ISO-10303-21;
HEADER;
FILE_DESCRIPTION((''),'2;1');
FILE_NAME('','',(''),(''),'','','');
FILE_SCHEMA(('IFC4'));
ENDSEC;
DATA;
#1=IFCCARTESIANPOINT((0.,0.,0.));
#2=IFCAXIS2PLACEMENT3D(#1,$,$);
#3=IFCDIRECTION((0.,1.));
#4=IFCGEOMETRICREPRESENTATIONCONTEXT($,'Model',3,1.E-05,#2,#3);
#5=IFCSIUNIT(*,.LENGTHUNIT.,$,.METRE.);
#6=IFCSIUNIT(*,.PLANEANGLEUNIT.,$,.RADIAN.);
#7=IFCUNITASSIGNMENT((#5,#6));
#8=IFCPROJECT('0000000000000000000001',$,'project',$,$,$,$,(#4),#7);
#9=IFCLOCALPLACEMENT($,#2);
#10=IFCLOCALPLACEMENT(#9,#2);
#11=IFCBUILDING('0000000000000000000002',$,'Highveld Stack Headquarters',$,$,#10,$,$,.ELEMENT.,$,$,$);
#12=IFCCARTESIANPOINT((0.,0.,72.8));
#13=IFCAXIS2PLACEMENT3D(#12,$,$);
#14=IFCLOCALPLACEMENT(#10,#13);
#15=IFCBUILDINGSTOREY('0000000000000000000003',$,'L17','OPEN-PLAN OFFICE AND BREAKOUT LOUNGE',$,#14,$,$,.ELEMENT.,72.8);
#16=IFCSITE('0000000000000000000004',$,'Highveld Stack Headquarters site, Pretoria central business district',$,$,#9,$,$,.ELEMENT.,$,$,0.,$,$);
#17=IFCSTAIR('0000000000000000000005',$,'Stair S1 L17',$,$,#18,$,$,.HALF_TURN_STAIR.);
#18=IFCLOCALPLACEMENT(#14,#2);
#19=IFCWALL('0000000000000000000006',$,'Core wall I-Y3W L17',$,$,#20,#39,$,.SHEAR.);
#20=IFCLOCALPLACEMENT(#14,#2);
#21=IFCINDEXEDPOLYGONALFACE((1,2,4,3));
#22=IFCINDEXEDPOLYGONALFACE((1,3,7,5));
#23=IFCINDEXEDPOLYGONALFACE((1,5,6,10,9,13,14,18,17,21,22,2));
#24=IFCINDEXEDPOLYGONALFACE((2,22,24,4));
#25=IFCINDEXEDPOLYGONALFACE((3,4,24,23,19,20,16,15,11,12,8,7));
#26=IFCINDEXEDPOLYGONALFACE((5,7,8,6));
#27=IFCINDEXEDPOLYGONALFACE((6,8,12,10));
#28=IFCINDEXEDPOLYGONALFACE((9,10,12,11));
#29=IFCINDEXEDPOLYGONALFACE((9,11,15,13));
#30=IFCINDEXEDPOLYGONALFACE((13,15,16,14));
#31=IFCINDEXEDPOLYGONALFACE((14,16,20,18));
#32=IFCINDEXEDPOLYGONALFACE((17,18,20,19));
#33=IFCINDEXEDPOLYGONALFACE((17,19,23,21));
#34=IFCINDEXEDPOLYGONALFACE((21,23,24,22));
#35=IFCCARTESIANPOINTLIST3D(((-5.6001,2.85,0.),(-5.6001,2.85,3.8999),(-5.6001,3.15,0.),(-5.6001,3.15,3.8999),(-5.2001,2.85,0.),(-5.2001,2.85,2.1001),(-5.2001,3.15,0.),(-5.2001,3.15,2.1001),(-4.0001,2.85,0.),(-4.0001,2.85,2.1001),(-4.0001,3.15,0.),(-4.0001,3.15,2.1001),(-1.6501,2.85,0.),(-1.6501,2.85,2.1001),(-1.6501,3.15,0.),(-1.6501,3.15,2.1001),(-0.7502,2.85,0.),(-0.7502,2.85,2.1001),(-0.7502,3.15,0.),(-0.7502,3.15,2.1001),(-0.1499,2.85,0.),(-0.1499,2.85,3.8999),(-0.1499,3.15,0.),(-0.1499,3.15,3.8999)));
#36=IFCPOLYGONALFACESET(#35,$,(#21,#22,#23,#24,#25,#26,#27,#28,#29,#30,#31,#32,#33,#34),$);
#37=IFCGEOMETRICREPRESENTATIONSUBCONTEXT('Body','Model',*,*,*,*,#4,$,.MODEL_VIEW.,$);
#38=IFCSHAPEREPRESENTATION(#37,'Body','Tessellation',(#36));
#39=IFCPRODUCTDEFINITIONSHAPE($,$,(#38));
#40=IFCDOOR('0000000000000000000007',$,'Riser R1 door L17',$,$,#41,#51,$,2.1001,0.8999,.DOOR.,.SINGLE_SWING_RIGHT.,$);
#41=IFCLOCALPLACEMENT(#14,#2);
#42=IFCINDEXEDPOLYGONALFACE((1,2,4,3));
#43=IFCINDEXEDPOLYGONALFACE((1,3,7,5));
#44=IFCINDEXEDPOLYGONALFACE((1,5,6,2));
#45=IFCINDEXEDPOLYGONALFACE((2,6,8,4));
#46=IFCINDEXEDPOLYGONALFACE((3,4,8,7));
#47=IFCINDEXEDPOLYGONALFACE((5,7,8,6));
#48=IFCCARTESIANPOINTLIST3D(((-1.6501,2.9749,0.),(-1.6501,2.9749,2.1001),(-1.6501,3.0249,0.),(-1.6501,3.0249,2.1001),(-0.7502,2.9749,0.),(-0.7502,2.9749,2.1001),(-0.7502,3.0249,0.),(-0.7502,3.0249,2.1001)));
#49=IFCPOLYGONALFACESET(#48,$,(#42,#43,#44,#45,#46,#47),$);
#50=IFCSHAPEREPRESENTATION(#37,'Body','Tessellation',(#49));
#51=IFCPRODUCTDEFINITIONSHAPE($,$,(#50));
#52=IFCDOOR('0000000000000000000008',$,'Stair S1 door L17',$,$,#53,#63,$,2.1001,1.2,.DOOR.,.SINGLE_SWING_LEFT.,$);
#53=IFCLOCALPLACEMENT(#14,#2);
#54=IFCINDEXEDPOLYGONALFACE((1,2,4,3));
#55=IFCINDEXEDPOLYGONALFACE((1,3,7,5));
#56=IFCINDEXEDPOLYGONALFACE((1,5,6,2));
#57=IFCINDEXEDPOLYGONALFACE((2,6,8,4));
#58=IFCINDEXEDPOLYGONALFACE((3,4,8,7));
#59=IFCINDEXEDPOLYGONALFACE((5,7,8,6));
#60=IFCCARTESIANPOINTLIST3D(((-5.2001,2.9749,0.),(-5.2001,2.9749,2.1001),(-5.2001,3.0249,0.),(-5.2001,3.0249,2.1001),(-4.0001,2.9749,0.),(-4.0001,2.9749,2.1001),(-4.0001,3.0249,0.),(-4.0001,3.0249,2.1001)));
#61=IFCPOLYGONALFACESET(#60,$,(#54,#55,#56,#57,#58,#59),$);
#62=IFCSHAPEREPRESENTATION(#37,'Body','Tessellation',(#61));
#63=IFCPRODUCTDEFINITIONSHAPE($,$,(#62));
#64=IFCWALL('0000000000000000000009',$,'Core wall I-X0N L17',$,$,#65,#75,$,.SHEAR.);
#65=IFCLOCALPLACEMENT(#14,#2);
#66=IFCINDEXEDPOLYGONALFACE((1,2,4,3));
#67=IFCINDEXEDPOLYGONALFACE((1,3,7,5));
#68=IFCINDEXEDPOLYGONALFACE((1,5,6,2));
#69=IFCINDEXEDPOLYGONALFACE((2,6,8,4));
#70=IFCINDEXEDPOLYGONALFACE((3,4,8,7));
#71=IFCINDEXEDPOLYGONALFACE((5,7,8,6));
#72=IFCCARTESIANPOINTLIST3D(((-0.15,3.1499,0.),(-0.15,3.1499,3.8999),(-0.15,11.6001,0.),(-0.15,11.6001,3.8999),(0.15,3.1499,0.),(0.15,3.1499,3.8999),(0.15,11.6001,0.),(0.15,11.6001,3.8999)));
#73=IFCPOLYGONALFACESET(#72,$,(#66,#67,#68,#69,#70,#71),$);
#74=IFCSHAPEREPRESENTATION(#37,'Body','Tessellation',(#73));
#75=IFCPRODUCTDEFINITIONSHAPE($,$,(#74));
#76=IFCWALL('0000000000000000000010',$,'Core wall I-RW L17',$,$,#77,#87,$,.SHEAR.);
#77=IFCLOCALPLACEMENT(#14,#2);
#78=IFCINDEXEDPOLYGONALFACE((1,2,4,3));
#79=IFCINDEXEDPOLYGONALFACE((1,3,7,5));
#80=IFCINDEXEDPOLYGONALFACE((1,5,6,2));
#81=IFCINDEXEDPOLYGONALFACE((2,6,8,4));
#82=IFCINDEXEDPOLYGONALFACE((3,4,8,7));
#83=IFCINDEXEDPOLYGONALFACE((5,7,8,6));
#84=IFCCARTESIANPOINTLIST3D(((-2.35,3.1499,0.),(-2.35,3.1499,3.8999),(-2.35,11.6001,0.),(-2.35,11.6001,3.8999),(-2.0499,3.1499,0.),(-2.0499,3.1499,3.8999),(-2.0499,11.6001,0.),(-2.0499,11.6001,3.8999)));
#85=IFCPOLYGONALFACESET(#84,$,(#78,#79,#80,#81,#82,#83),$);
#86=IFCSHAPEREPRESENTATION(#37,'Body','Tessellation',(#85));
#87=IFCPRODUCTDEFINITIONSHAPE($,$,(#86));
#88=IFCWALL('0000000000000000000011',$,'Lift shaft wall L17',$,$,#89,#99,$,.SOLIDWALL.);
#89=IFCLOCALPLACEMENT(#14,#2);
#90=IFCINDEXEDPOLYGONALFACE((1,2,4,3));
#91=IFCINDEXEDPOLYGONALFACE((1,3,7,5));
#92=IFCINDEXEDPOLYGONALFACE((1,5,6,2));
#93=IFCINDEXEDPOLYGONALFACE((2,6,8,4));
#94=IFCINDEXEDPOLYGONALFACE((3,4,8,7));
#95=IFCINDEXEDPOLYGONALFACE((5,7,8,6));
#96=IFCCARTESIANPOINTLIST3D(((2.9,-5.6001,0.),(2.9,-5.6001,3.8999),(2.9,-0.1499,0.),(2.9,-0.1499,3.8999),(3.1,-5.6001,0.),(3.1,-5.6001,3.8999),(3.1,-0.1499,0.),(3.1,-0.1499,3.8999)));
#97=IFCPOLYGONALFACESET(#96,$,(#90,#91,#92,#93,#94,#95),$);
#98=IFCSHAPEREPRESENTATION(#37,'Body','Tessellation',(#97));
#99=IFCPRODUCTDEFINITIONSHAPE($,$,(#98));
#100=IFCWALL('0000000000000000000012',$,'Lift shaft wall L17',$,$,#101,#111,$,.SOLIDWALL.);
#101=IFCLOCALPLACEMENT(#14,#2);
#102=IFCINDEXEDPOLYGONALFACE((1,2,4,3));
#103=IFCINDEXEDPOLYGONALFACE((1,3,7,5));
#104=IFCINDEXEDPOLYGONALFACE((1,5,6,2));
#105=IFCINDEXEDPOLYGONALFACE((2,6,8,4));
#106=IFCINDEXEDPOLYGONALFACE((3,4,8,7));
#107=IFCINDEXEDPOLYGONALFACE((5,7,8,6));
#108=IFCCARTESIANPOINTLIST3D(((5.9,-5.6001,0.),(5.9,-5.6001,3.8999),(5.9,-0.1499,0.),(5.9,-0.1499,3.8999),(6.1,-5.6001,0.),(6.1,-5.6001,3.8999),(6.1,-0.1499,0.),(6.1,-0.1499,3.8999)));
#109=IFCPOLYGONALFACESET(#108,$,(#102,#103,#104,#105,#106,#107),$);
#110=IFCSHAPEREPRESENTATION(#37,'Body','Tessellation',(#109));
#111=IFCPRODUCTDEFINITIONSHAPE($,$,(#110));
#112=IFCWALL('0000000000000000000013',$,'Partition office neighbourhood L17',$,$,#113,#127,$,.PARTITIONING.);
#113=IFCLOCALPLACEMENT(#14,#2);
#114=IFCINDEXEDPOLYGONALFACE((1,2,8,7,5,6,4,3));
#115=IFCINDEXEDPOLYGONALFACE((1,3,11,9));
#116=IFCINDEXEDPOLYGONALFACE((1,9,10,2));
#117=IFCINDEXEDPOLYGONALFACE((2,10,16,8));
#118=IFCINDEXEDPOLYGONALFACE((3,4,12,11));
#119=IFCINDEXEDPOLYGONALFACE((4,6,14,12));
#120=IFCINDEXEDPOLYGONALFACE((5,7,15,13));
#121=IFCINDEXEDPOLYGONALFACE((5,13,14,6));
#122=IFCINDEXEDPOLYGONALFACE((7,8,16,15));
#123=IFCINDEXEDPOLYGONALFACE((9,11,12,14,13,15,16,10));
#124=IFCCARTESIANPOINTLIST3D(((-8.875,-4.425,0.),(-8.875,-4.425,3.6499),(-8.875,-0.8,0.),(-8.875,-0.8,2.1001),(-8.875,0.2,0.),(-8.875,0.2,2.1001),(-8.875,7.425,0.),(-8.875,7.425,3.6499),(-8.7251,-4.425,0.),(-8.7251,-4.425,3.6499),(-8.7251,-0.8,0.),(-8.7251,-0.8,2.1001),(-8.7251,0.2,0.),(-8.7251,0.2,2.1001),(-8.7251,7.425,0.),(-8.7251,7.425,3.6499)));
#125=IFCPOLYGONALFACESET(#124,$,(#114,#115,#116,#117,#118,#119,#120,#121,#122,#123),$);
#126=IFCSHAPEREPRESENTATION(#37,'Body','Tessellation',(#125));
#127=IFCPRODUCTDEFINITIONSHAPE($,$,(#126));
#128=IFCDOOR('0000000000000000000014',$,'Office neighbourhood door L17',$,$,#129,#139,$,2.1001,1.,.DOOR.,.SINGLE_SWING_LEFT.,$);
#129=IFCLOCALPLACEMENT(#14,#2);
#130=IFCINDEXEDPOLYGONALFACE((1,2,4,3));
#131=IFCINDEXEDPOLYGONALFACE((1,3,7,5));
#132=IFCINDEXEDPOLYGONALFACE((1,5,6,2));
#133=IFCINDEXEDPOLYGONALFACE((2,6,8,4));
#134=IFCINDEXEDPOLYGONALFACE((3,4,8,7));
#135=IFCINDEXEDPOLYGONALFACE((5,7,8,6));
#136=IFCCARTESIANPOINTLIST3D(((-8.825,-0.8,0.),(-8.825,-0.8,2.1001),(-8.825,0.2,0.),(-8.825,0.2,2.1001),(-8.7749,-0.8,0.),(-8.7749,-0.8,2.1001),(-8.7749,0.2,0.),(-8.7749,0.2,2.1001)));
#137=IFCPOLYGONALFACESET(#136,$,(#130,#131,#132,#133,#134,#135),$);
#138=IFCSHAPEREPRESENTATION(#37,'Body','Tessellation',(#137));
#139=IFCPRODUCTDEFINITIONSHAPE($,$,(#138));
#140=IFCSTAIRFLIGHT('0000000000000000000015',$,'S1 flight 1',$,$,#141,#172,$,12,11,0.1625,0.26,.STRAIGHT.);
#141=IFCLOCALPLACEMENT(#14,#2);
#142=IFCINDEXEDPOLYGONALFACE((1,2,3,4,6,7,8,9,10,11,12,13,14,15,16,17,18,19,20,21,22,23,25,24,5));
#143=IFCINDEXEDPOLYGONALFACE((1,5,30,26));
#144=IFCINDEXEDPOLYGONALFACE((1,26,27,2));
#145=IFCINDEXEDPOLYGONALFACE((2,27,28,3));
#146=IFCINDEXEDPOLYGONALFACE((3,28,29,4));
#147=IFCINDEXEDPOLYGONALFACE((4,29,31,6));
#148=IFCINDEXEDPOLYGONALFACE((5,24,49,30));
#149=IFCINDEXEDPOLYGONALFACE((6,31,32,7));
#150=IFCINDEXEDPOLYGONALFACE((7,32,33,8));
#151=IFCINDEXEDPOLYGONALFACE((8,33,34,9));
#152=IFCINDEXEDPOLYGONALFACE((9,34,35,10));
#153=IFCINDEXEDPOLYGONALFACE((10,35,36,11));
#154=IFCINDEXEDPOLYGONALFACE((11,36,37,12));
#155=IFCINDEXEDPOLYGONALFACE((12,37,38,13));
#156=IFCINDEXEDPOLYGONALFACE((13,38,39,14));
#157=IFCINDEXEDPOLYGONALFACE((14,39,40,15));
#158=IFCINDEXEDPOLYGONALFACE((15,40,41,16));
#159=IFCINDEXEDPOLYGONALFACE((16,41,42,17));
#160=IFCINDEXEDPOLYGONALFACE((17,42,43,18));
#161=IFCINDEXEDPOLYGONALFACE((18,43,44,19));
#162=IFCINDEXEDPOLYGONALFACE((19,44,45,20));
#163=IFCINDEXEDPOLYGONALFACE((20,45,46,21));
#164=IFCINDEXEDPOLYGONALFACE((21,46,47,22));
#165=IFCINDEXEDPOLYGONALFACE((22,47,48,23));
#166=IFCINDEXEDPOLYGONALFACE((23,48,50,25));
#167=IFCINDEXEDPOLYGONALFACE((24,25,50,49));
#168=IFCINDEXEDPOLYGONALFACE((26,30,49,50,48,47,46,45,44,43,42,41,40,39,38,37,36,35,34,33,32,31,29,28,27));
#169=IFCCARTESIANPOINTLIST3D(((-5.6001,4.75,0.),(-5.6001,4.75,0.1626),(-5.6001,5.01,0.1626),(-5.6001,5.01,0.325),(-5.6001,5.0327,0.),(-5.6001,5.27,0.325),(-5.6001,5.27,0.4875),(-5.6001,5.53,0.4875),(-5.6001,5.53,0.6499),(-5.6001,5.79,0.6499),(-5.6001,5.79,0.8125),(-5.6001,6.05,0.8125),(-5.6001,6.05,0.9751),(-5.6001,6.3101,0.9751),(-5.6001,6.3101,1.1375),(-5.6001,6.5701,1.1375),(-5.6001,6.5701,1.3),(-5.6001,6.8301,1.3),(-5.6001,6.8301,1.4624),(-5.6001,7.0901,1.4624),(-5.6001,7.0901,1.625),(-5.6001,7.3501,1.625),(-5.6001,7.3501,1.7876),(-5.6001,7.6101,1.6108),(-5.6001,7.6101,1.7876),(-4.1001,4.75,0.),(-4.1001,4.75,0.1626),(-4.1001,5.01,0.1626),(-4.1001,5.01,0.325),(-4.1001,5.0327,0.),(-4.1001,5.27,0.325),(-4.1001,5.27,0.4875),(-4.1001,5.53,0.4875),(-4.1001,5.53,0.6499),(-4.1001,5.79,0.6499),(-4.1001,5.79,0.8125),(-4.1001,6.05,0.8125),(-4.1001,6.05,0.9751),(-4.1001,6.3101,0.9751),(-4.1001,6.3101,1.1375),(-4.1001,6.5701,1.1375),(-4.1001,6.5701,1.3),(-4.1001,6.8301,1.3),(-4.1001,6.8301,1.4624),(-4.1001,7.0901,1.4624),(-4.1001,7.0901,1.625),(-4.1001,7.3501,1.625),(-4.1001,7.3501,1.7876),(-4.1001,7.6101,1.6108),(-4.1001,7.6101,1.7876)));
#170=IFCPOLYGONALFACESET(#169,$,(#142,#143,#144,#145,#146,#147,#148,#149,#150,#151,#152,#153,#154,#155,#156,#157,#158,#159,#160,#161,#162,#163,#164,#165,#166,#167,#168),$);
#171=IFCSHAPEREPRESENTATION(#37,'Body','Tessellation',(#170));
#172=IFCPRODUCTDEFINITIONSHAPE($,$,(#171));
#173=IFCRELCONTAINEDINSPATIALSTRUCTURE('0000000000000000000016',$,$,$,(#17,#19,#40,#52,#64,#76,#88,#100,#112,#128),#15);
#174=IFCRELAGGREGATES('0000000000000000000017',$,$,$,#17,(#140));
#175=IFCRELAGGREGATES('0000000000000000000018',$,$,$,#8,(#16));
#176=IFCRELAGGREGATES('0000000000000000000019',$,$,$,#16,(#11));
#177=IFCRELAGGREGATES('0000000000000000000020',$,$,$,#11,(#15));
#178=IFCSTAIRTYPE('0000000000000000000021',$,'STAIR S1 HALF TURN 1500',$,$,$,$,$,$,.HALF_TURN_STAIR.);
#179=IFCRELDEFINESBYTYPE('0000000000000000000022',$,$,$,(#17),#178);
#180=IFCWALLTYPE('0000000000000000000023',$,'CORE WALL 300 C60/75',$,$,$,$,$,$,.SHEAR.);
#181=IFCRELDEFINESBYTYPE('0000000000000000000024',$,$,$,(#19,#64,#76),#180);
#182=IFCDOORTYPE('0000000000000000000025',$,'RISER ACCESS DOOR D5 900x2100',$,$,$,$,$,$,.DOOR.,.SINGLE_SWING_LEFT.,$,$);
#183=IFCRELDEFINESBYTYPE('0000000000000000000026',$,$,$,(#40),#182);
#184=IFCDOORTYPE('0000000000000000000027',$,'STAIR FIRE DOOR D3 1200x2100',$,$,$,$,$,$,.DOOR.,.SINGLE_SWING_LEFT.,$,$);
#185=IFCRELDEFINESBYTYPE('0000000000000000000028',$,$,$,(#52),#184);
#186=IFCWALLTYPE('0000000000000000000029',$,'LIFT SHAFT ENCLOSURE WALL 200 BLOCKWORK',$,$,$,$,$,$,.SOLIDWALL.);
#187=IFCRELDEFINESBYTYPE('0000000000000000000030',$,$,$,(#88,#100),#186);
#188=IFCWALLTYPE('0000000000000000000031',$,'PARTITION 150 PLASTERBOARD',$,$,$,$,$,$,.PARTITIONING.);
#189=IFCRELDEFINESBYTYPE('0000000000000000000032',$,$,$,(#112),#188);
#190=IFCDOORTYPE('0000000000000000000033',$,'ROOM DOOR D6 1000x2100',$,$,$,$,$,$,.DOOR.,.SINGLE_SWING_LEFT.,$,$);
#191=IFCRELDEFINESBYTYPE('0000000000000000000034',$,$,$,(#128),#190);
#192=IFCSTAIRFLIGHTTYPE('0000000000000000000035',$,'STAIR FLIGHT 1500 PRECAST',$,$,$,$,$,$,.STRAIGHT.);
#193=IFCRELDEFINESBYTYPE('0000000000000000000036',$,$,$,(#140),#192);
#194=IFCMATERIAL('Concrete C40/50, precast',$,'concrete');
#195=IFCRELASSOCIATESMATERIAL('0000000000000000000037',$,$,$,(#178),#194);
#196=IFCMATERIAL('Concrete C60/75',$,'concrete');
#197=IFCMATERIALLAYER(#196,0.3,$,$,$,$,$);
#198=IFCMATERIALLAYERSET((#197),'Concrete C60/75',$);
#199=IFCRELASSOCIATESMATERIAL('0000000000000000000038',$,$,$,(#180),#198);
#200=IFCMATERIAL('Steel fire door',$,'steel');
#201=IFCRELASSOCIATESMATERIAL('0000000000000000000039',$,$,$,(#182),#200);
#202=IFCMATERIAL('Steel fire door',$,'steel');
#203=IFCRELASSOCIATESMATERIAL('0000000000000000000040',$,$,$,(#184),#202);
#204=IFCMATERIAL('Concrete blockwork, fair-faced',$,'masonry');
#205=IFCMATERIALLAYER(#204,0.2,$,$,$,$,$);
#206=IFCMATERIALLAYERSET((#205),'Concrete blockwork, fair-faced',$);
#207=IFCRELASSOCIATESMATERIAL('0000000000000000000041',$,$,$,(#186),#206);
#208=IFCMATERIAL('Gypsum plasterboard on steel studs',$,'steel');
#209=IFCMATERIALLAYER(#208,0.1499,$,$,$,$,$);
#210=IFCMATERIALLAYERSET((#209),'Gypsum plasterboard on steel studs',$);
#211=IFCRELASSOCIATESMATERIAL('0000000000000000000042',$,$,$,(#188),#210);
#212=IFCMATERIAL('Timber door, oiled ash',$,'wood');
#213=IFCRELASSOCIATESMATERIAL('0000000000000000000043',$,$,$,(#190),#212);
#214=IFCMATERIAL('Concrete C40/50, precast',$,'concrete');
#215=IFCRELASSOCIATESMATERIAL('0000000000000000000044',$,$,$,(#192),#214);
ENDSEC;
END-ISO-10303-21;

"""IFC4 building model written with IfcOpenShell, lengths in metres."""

from ifc_helpers import new_model, si_unit, direction, frame, frame_2d, origin, place, context, subcontext, project, spatial, polyline, rectangle, outline, extrude, material, layer, layer_set, type_object, element, fill, aggregate, save


model = new_model("IFC4")

# Units and contexts
model_context = context("Model", 3, precision=1e-05, world=origin(), true_north=direction((0.0, 1.0)))
body_context = subcontext(model_context, "Body", "Model", "MODEL_VIEW")
ifc_project = project(units=[si_unit("LENGTHUNIT", "METRE"), si_unit("PLANEANGLEUNIT", "RADIAN")], contexts=[model_context])

# Site, building, storey
site_placement = place(None, origin())
site = spatial("IfcSite", under=ifc_project, at=site_placement, Name="Highveld Stack Headquarters site, Pretoria central business district", CompositionType="ELEMENT", RefElevation=0.0)
building_placement = place(site_placement, origin())
building = spatial("IfcBuilding", under=site, at=building_placement, Name="Highveld Stack Headquarters", CompositionType="ELEMENT")
storey_placement = place(building_placement, frame((0.0, 0.0, 72.8)))
storey = spatial("IfcBuildingStorey", under=building, at=storey_placement, Name="L17", Description="OPEN-PLAN OFFICE AND BREAKOUT LOUNGE", CompositionType="ELEMENT", Elevation=72.8)

# Stair
ifc_material_1 = material(Name="Concrete C40/50, precast", Category="concrete")
stair_type_1 = type_object("IfcStairType", Name="STAIR S1 HALF TURN 1500", PredefinedType="HALF_TURN_STAIR", material=ifc_material_1)
stair_1_placement = place(storey_placement, origin())
stair_1 = element("IfcStair", 1, at=stair_1_placement, inside=storey, type_object=stair_type_1, Name="Stair S1 L17", PredefinedType="HALF_TURN_STAIR")

# Wall, openings, doors
ifc_material_2 = material(Name="Concrete C60/75", Category="concrete")
ifc_layer_1 = layer(ifc_material_2, 0.3)
ifc_layer_set_1 = layer_set([ifc_layer_1], Name="Concrete C60/75")
wall_type_1 = type_object("IfcWallType", Name="CORE WALL 300 C60/75", PredefinedType="SHEAR", material=ifc_layer_set_1)
wall_1_placement = place(storey_placement, frame((-5.6001, 3.0, 0.0), z_axis=(0.0, 0.0, 1.0), x_axis=(1.0, 0.0, 0.0)))
wall_1 = element("IfcWall", 2, at=wall_1_placement, inside=storey, type_object=wall_type_1, Name="Core wall I-Y3W L17", PredefinedType="SHEAR", context=body_context, shape_type="SweptSolid", body=[
    extrude(rectangle(XDim=5.4502, YDim=0.3, at=frame_2d((2.7251, 0.0))), origin(), (0.0, 0.0, 1.0), 3.8999),
])
opening_1_placement = place(wall_1_placement, frame((0.3999, 0.0, 0.0)))
opening_1 = element("IfcOpeningElement", 3, at=opening_1_placement, cuts=wall_1, PredefinedType="OPENING", context=body_context, shape_type="SweptSolid", body=[
    extrude(rectangle(XDim=1.2, YDim=2.1001, at=frame_2d((0.6001, 1.05))), frame((0.0, 0.1599, 0.0), z_axis=(0.0, -1.0, 0.0), x_axis=(1.0, 0.0, 0.0)), (0.0, 0.0, 1.0), 0.3201),
])
opening_2_placement = place(wall_1_placement, frame((3.95, 0.0, 0.0)))
opening_2 = element("IfcOpeningElement", 4, at=opening_2_placement, cuts=wall_1, PredefinedType="OPENING", context=body_context, shape_type="SweptSolid", body=[
    extrude(rectangle(XDim=0.8999, YDim=2.1001, at=frame_2d((0.45, 1.05))), frame((0.0, 0.1599, 0.0), z_axis=(0.0, -1.0, 0.0), x_axis=(1.0, 0.0, 0.0)), (0.0, 0.0, 1.0), 0.3201),
])
ifc_material_3 = material(Name="Steel fire door", Category="steel")
door_type_1 = type_object("IfcDoorType", Name="RISER ACCESS DOOR D5 900x2100", OperationType="SINGLE_SWING_LEFT", PredefinedType="DOOR", material=ifc_material_3)
door_1_placement = place(opening_2_placement, origin())
door_1 = element("IfcDoor", 5, at=door_1_placement, inside=storey, type_object=door_type_1, Name="Riser R1 door L17", OperationType="SINGLE_SWING_RIGHT", OverallHeight=2.1001, OverallWidth=0.8999, PredefinedType="DOOR", context=body_context, shape_type="SweptSolid", body=[
    extrude(rectangle(XDim=0.8999, YDim=2.1001, at=frame_2d((0.45, 1.05))), frame((0.0, 0.0249, 0.0), z_axis=(0.0, -1.0, 0.0), x_axis=(1.0, 0.0, 0.0)), (0.0, 0.0, 1.0), 0.05),
])
fill(opening_2, door_1)
ifc_material_4 = material(Name="Steel fire door", Category="steel")
door_type_2 = type_object("IfcDoorType", Name="STAIR FIRE DOOR D3 1200x2100", OperationType="SINGLE_SWING_LEFT", PredefinedType="DOOR", material=ifc_material_4)
door_2_placement = place(opening_1_placement, origin())
door_2 = element("IfcDoor", 6, at=door_2_placement, inside=storey, type_object=door_type_2, Name="Stair S1 door L17", OperationType="SINGLE_SWING_LEFT", OverallHeight=2.1001, OverallWidth=1.2, PredefinedType="DOOR", context=body_context, shape_type="SweptSolid", body=[
    extrude(rectangle(XDim=1.2, YDim=2.1001, at=frame_2d((0.6001, 1.05))), frame((0.0, 0.0249, 0.0), z_axis=(0.0, -1.0, 0.0), x_axis=(1.0, 0.0, 0.0)), (0.0, 0.0, 1.0), 0.05),
])
fill(opening_1, door_2)

# Walls
for number, where, z_axis, x_axis, name in (
    (7, (0.0, 3.1499, 0.0), (0.0, 0.0, 1.0), (0.0, 1.0, 0.0), "Core wall I-X0N L17"),
    (8, (-2.2, 3.1499, 0.0), (0.0, 0.0, 1.0), (0.0, 1.0, 0.0), "Core wall I-RW L17"),
):
    element("IfcWall", number, at=place(storey_placement, frame(where, z_axis=z_axis, x_axis=x_axis)), inside=storey, type_object=wall_type_1, Name=name, PredefinedType="SHEAR", context=body_context, shape_type="SweptSolid", body=[
        extrude(rectangle(XDim=8.4502, YDim=0.3, at=frame_2d((4.2251, 0.0))), origin(), (0.0, 0.0, 1.0), 3.8999),
    ])
ifc_material_5 = material(Name="Concrete blockwork, fair-faced", Category="masonry")
ifc_layer_2 = layer(ifc_material_5, 0.2)
ifc_layer_set_2 = layer_set([ifc_layer_2], Name="Concrete blockwork, fair-faced")
wall_type_2 = type_object("IfcWallType", Name="LIFT SHAFT ENCLOSURE WALL 200 BLOCKWORK", PredefinedType="SOLIDWALL", material=ifc_layer_set_2)
for number, where, z_axis, x_axis, name in (
    (9, (3.0, -5.6001, 0.0), (0.0, 0.0, 1.0), (0.0, 1.0, 0.0), "Lift shaft wall L17"),
    (10, (6.0, -5.6001, 0.0), (0.0, 0.0, 1.0), (0.0, 1.0, 0.0), "Lift shaft wall L17"),
):
    element("IfcWall", number, at=place(storey_placement, frame(where, z_axis=z_axis, x_axis=x_axis)), inside=storey, type_object=wall_type_2, Name=name, PredefinedType="SOLIDWALL", context=body_context, shape_type="SweptSolid", body=[
        extrude(rectangle(XDim=5.4502, YDim=0.2, at=frame_2d((2.7251, 0.0))), origin(), (0.0, 0.0, 1.0), 3.8999),
    ])

# Wall, opening, door
ifc_material_6 = material(Name="Gypsum plasterboard on steel studs", Category="steel")
ifc_layer_3 = layer(ifc_material_6, 0.1499)
ifc_layer_set_3 = layer_set([ifc_layer_3], Name="Gypsum plasterboard on steel studs")
wall_type_3 = type_object("IfcWallType", Name="PARTITION 150 PLASTERBOARD", PredefinedType="PARTITIONING", material=ifc_layer_set_3)
wall_2_placement = place(storey_placement, frame((-8.8, -4.425, 0.0), z_axis=(0.0, 0.0, 1.0), x_axis=(0.0, 1.0, 0.0)))
wall_2 = element("IfcWall", 11, at=wall_2_placement, inside=storey, type_object=wall_type_3, Name="Partition office neighbourhood L17", PredefinedType="PARTITIONING", context=body_context, shape_type="SweptSolid", body=[
    extrude(rectangle(XDim=11.8501, YDim=0.1499, at=frame_2d((5.925, 0.0))), origin(), (0.0, 0.0, 1.0), 3.6499),
])
opening_3_placement = place(wall_2_placement, frame((3.625, 0.0, 0.0)))
opening_3 = element("IfcOpeningElement", 12, at=opening_3_placement, cuts=wall_2, PredefinedType="OPENING", context=body_context, shape_type="SweptSolid", body=[
    extrude(rectangle(XDim=1.0, YDim=2.1001, at=frame_2d((0.5, 1.05))), frame((0.0, 0.085, 0.0), z_axis=(0.0, -1.0, 0.0), x_axis=(1.0, 0.0, 0.0)), (0.0, 0.0, 1.0), 0.1699),
])
ifc_material_7 = material(Name="Timber door, oiled ash", Category="wood")
door_type_3 = type_object("IfcDoorType", Name="ROOM DOOR D6 1000x2100", OperationType="SINGLE_SWING_LEFT", PredefinedType="DOOR", material=ifc_material_7)
door_3_placement = place(opening_3_placement, origin())
door_3 = element("IfcDoor", 13, at=door_3_placement, inside=storey, type_object=door_type_3, Name="Office neighbourhood door L17", OperationType="SINGLE_SWING_LEFT", OverallHeight=2.1001, OverallWidth=1.0, PredefinedType="DOOR", context=body_context, shape_type="SweptSolid", body=[
    extrude(rectangle(XDim=1.0, YDim=2.1001, at=frame_2d((0.5, 1.05))), frame((0.0, 0.0249, 0.0), z_axis=(0.0, -1.0, 0.0), x_axis=(1.0, 0.0, 0.0)), (0.0, 0.0, 1.0), 0.05),
])
fill(opening_3, door_3)

# Stair flight
ifc_material_8 = material(Name="Concrete C40/50, precast", Category="concrete")
stair_flight_type = type_object("IfcStairFlightType", Name="STAIR FLIGHT 1500 PRECAST", PredefinedType="STRAIGHT", material=ifc_material_8)
stair_flight_placement = place(storey_placement, frame((-4.8501, 4.75, 0.0), z_axis=(0.0, 0.0, 1.0), x_axis=(0.0, 1.0, 0.0)))
stair_flight = element("IfcStairFlight", 14, at=stair_flight_placement, type_object=stair_flight_type, Name="S1 flight 1", NumberOfRisers=12, NumberOfTreads=11, PredefinedType="STRAIGHT", RiserHeight=0.1625, TreadLength=0.26, context=body_context, shape_type="SweptSolid", body=[
    extrude(outline(polyline([(0.0, 0.0), (0.0, 0.1626), (0.26, 0.1626), (0.26, 0.325), (0.52, 0.325), (0.52, 0.4875), (0.78, 0.4875), (0.78, 0.6499), (1.04, 0.6499), (1.04, 0.8125), (1.3, 0.8125), (1.3, 0.9751), (1.5601, 0.9751), (1.5601, 1.1375), (1.8201, 1.1375), (1.8201, 1.3), (2.0801, 1.3), (2.0801, 1.4624), (2.3401, 1.4624), (2.3401, 1.625), (2.6001, 1.625), (2.6001, 1.7876), (2.8601, 1.7876), (2.8601, 1.95), (2.8601, 1.6108), (0.2827, 0.0), (0.0, 0.0)])), frame((0.0, 0.75, 0.0), z_axis=(0.0, -1.0, 0.0), x_axis=(1.0, 0.0, 0.0)), (0.0, 0.0, 1.0), 1.5),
])
aggregate(stair_1, [stair_flight])

save(model, "model.ifc")
